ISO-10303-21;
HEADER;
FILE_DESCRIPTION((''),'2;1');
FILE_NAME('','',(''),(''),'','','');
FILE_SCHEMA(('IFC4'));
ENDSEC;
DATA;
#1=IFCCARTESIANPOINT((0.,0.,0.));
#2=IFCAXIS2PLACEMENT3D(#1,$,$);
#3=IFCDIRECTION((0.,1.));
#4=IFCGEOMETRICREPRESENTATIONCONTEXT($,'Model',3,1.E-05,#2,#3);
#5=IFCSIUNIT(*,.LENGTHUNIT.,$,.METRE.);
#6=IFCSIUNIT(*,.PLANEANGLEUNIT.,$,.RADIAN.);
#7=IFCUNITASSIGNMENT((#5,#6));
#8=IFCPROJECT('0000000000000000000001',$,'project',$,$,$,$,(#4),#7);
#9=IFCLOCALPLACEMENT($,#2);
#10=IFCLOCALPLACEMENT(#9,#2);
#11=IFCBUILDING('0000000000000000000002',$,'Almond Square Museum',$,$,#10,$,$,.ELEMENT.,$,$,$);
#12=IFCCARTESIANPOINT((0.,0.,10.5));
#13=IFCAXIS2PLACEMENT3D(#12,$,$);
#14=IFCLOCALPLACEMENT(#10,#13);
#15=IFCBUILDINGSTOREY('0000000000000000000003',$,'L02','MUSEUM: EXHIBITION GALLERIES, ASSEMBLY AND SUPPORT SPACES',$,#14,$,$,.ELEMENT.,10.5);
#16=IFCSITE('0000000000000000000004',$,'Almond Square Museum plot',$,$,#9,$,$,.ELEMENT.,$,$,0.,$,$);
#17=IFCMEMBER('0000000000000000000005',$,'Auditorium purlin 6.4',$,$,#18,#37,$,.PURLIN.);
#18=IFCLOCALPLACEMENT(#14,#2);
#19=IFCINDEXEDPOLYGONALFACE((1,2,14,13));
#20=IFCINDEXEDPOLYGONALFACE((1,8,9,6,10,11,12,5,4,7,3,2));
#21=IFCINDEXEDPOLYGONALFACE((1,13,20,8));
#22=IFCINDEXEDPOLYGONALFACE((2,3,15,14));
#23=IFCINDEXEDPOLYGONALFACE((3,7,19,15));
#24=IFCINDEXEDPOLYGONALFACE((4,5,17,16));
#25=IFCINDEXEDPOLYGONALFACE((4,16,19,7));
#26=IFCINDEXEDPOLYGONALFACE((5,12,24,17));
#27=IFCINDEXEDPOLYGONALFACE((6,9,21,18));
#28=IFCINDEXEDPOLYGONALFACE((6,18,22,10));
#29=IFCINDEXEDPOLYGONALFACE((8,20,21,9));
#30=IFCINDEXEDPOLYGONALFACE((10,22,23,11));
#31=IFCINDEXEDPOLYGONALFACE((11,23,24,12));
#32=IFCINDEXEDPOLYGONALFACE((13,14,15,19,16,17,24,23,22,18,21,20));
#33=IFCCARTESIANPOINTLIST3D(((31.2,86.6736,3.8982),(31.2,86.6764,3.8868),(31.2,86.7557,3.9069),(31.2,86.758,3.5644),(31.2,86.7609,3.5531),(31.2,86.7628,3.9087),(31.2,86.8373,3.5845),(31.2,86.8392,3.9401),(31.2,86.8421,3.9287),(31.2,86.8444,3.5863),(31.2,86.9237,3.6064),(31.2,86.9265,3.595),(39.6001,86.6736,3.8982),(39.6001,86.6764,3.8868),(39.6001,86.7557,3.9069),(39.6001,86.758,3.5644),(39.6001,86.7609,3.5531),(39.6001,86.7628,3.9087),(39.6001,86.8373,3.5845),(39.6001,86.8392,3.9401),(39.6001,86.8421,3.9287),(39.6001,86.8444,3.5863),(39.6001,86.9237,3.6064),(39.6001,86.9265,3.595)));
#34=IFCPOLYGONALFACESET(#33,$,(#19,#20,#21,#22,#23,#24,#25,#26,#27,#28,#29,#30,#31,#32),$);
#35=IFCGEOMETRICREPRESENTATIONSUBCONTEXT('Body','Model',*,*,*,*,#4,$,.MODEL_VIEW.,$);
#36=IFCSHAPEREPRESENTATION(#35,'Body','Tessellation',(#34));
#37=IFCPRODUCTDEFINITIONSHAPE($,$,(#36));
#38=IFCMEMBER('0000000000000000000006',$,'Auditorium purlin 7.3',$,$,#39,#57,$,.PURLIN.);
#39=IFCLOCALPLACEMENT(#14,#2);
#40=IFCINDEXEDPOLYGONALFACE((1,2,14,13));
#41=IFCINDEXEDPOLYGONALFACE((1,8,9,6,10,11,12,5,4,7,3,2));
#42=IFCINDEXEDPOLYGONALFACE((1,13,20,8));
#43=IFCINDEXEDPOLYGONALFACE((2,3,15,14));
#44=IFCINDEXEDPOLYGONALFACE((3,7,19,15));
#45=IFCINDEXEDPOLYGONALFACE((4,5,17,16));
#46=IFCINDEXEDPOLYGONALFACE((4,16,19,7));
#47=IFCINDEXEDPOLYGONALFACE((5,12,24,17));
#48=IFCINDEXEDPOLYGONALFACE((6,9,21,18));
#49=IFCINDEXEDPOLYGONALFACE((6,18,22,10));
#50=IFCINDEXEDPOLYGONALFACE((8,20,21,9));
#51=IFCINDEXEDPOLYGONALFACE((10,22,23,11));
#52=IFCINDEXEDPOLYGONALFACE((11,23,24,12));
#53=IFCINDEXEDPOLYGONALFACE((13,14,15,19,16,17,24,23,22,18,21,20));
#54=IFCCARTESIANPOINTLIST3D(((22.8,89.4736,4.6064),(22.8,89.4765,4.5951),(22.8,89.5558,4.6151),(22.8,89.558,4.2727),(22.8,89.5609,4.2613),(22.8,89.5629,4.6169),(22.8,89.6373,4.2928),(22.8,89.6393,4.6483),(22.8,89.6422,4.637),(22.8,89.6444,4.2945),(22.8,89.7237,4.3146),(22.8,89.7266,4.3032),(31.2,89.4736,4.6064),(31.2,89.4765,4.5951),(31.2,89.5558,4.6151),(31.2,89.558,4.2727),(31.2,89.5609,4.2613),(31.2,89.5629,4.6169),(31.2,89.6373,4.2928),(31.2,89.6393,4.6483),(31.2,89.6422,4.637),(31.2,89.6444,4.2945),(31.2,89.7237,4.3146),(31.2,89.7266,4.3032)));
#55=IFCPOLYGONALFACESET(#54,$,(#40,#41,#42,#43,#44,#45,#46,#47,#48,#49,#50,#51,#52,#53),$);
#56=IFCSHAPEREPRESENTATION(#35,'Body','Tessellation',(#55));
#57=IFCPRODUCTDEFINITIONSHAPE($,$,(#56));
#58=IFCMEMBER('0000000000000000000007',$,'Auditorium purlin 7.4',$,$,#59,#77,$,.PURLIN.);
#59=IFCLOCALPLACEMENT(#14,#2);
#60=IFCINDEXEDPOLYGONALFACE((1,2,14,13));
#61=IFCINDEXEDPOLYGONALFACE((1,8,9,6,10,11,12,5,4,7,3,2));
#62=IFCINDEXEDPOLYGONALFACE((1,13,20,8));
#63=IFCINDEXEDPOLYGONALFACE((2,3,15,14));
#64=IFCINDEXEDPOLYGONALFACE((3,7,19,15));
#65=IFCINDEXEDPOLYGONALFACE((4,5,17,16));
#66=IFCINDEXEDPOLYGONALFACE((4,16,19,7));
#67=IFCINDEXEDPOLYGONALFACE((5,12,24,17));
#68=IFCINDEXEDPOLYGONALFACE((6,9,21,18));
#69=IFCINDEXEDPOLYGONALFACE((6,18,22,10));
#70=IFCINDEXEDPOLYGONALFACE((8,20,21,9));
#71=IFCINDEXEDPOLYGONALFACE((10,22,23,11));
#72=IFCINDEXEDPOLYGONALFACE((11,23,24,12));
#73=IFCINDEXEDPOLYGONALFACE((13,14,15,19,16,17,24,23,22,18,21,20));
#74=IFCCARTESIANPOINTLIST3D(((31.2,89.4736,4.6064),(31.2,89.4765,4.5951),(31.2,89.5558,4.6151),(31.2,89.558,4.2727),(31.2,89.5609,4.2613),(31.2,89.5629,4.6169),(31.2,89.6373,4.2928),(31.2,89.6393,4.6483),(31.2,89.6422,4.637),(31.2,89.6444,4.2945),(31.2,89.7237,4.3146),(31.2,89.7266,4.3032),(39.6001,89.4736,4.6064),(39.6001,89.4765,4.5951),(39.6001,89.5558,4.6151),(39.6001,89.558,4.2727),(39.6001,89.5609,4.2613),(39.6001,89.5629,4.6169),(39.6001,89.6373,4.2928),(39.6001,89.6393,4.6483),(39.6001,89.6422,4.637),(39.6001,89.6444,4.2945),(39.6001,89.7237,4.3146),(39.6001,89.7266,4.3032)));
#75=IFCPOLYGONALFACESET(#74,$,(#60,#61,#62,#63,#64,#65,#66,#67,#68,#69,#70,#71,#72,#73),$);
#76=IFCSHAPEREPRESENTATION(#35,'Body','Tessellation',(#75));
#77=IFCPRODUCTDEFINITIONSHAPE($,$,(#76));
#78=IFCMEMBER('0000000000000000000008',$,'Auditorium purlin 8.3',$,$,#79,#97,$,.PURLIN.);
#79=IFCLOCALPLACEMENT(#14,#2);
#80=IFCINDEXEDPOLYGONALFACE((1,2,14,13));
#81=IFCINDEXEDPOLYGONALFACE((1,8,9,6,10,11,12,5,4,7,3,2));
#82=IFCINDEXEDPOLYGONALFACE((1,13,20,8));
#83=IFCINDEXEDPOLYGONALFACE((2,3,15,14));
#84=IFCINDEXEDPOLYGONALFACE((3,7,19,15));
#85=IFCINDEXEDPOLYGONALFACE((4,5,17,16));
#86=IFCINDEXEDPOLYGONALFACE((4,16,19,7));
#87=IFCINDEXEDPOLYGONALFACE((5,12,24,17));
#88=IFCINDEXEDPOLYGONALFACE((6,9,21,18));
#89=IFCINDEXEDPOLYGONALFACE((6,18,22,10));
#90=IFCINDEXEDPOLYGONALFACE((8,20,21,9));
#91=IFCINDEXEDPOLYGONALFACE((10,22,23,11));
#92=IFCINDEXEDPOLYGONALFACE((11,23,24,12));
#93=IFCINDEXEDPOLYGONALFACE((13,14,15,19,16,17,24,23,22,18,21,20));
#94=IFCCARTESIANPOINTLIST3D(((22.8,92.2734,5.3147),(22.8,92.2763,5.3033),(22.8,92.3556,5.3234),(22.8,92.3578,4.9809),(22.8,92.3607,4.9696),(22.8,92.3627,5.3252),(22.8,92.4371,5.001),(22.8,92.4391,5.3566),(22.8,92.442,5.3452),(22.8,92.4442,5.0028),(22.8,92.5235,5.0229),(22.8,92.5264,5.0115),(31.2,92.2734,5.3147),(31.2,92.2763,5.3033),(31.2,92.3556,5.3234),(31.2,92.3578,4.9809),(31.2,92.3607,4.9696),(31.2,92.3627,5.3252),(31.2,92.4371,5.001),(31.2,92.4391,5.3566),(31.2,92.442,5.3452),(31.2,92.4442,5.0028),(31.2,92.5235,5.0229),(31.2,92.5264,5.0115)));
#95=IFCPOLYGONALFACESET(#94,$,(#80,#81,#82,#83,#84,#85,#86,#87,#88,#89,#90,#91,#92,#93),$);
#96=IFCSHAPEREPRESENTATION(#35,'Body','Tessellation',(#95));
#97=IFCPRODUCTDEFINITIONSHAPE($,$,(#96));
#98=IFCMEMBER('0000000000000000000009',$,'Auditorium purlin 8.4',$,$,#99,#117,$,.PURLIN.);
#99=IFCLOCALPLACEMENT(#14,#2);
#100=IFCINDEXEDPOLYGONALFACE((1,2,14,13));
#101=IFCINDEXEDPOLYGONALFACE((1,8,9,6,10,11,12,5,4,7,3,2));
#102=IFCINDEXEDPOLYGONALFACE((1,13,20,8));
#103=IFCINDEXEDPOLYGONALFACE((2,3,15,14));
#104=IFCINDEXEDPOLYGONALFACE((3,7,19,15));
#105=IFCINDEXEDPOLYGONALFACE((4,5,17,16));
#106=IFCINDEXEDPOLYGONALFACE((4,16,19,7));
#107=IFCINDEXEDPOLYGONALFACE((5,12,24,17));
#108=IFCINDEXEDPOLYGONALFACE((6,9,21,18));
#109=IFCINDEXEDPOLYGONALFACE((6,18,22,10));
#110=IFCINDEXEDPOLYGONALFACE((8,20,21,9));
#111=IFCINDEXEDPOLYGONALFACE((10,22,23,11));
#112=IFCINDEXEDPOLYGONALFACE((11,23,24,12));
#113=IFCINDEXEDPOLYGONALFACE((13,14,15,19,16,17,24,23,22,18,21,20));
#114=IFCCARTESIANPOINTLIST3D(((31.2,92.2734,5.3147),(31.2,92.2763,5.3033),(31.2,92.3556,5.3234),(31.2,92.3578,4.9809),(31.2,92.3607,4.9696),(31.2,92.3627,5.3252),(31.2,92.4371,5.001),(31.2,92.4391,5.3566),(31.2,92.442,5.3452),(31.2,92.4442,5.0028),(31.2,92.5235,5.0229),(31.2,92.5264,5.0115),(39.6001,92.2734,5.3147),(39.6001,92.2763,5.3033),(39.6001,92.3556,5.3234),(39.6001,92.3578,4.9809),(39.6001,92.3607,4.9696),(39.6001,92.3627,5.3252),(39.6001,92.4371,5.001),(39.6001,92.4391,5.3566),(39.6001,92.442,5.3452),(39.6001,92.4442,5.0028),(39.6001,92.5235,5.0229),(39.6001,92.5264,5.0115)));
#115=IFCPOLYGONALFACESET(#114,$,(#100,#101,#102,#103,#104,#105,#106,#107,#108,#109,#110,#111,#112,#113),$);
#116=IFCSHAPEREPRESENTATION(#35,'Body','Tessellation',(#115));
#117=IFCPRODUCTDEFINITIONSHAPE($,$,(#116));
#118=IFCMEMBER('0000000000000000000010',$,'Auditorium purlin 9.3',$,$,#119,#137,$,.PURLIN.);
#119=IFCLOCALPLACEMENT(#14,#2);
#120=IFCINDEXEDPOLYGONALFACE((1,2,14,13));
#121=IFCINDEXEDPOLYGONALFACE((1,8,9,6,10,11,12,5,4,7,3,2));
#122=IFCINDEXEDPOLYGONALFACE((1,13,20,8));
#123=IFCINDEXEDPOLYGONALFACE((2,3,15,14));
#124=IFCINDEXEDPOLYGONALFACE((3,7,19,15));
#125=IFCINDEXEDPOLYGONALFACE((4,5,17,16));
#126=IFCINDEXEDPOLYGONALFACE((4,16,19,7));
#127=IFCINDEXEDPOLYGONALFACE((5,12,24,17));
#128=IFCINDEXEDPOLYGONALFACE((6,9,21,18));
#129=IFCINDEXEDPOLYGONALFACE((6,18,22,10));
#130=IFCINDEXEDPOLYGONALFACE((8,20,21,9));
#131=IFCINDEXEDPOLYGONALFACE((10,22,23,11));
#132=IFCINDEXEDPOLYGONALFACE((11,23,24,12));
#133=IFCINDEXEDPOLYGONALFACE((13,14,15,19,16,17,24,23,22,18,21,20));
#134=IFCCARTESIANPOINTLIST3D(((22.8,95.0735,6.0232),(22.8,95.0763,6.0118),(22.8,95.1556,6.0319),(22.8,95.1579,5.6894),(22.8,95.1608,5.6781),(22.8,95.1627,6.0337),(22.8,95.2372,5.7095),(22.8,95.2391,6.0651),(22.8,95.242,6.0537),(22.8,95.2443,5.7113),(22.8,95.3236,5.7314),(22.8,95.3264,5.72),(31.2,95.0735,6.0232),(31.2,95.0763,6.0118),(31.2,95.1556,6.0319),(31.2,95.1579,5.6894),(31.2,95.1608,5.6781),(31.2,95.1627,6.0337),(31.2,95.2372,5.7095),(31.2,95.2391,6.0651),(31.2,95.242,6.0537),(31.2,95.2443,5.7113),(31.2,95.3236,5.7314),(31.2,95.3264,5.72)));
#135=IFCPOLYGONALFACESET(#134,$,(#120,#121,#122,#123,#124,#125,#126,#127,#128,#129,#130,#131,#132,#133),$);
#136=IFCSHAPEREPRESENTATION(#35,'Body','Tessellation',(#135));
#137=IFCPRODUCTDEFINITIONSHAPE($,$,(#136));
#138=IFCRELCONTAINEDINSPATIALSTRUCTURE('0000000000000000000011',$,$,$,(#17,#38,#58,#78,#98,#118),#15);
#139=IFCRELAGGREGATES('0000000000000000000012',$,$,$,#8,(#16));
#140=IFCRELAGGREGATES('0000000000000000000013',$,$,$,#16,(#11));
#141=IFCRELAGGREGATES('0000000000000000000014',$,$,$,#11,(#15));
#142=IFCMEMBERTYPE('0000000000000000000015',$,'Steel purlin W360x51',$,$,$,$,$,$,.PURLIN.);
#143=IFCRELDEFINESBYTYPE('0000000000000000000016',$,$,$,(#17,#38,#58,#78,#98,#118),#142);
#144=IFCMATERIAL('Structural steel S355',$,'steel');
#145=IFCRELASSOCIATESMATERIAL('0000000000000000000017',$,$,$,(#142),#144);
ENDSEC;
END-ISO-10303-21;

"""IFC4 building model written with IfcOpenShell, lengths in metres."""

from ifc_helpers import new_model, si_unit, direction, frame, origin, origin_2d, place, context, subcontext, project, spatial, i_section, extrude, material, material_profile, profile_set, type_object, element, save


model = new_model("IFC4")

# Units and contexts
model_context = context("Model", 3, precision=1e-05, world=origin(), true_north=direction((0.0, 1.0)))
body_context = subcontext(model_context, "Body", "Model", "MODEL_VIEW")
ifc_project = project(units=[si_unit("LENGTHUNIT", "METRE"), si_unit("PLANEANGLEUNIT", "RADIAN")], contexts=[model_context])

# Site, building, storey
site_placement = place(None, origin())
site = spatial("IfcSite", under=ifc_project, at=site_placement, Name="Almond Square Museum plot", CompositionType="ELEMENT", RefElevation=0.0)
building_placement = place(site_placement, origin())
building = spatial("IfcBuilding", under=site, at=building_placement, Name="Almond Square Museum", CompositionType="ELEMENT")
storey_placement = place(building_placement, frame((0.0, 0.0, 10.5)))
storey = spatial("IfcBuildingStorey", under=building, at=storey_placement, Name="L02", Description="MUSEUM: EXHIBITION GALLERIES, ASSEMBLY AND SUPPORT SPACES", CompositionType="ELEMENT", Elevation=10.5)

# Members
ifc_material_1 = material(Name="Structural steel S355", Category="steel")
ifc_material_profile_1 = material_profile(ifc_material_1, i_section(OverallWidth=0.1709, OverallDepth=0.356, WebThickness=0.0073, FlangeThickness=0.0117, at=origin_2d()))
ifc_profile_set_1 = profile_set([ifc_material_profile_1], Name="Structural steel S355")
member_type_1 = type_object("IfcMemberType", Name="Steel purlin W360x51", PredefinedType="PURLIN", material=ifc_profile_set_1)
member_1_placement = place(storey_placement, frame((31.2, 86.8, 3.7466), z_axis=(1.0, 0.0, 0.0), x_axis=(0.0, 0.96946, 0.24525)))
element("IfcMember", 1, at=member_1_placement, inside=storey, type_object=member_type_1, Name="Auditorium purlin 6.4", PredefinedType="PURLIN", context=body_context, shape_type="SweptSolid", body=[
    extrude(i_section(OverallWidth=0.1709, OverallDepth=0.356, WebThickness=0.0073, FlangeThickness=0.0117, at=origin_2d()), origin(), (0.0, 0.0, 1.0), 8.4001),
])
member_2_placement = place(storey_placement, frame((22.8, 89.6001, 4.4548), z_axis=(1.0, 0.0, 0.0), x_axis=(0.0, 0.96946, 0.24525)))
element("IfcMember", 2, at=member_2_placement, inside=storey, type_object=member_type_1, Name="Auditorium purlin 7.3", PredefinedType="PURLIN", context=body_context, shape_type="SweptSolid", body=[
    extrude(i_section(OverallWidth=0.1709, OverallDepth=0.356, WebThickness=0.0073, FlangeThickness=0.0117, at=origin_2d()), origin(), (0.0, 0.0, 1.0), 8.3999),
])
member_3_placement = place(storey_placement, frame((31.2, 89.6001, 4.4548), z_axis=(1.0, 0.0, 0.0), x_axis=(0.0, 0.96946, 0.24525)))
element("IfcMember", 3, at=member_3_placement, inside=storey, type_object=member_type_1, Name="Auditorium purlin 7.4", PredefinedType="PURLIN", context=body_context, shape_type="SweptSolid", body=[
    extrude(i_section(OverallWidth=0.1709, OverallDepth=0.356, WebThickness=0.0073, FlangeThickness=0.0117, at=origin_2d()), origin(), (0.0, 0.0, 1.0), 8.4001),
])
member_4_placement = place(storey_placement, frame((22.8, 92.3999, 5.1631), z_axis=(1.0, 0.0, 0.0), x_axis=(0.0, 0.96946, 0.24525)))
element("IfcMember", 4, at=member_4_placement, inside=storey, type_object=member_type_1, Name="Auditorium purlin 8.3", PredefinedType="PURLIN", context=body_context, shape_type="SweptSolid", body=[
    extrude(i_section(OverallWidth=0.1709, OverallDepth=0.356, WebThickness=0.0073, FlangeThickness=0.0117, at=origin_2d()), origin(), (0.0, 0.0, 1.0), 8.3999),
])
member_5_placement = place(storey_placement, frame((31.2, 92.3999, 5.1631), z_axis=(1.0, 0.0, 0.0), x_axis=(0.0, 0.96946, 0.24525)))
element("IfcMember", 5, at=member_5_placement, inside=storey, type_object=member_type_1, Name="Auditorium purlin 8.4", PredefinedType="PURLIN", context=body_context, shape_type="SweptSolid", body=[
    extrude(i_section(OverallWidth=0.1709, OverallDepth=0.356, WebThickness=0.0073, FlangeThickness=0.0117, at=origin_2d()), origin(), (0.0, 0.0, 1.0), 8.4001),
])
member_6_placement = place(storey_placement, frame((22.8, 95.2, 5.8716), z_axis=(1.0, 0.0, 0.0), x_axis=(0.0, 0.96946, 0.24525)))
element("IfcMember", 6, at=member_6_placement, inside=storey, type_object=member_type_1, Name="Auditorium purlin 9.3", PredefinedType="PURLIN", context=body_context, shape_type="SweptSolid", body=[
    extrude(i_section(OverallWidth=0.1709, OverallDepth=0.356, WebThickness=0.0073, FlangeThickness=0.0117, at=origin_2d()), origin(), (0.0, 0.0, 1.0), 8.3999),
])

save(model, "model.ifc")
